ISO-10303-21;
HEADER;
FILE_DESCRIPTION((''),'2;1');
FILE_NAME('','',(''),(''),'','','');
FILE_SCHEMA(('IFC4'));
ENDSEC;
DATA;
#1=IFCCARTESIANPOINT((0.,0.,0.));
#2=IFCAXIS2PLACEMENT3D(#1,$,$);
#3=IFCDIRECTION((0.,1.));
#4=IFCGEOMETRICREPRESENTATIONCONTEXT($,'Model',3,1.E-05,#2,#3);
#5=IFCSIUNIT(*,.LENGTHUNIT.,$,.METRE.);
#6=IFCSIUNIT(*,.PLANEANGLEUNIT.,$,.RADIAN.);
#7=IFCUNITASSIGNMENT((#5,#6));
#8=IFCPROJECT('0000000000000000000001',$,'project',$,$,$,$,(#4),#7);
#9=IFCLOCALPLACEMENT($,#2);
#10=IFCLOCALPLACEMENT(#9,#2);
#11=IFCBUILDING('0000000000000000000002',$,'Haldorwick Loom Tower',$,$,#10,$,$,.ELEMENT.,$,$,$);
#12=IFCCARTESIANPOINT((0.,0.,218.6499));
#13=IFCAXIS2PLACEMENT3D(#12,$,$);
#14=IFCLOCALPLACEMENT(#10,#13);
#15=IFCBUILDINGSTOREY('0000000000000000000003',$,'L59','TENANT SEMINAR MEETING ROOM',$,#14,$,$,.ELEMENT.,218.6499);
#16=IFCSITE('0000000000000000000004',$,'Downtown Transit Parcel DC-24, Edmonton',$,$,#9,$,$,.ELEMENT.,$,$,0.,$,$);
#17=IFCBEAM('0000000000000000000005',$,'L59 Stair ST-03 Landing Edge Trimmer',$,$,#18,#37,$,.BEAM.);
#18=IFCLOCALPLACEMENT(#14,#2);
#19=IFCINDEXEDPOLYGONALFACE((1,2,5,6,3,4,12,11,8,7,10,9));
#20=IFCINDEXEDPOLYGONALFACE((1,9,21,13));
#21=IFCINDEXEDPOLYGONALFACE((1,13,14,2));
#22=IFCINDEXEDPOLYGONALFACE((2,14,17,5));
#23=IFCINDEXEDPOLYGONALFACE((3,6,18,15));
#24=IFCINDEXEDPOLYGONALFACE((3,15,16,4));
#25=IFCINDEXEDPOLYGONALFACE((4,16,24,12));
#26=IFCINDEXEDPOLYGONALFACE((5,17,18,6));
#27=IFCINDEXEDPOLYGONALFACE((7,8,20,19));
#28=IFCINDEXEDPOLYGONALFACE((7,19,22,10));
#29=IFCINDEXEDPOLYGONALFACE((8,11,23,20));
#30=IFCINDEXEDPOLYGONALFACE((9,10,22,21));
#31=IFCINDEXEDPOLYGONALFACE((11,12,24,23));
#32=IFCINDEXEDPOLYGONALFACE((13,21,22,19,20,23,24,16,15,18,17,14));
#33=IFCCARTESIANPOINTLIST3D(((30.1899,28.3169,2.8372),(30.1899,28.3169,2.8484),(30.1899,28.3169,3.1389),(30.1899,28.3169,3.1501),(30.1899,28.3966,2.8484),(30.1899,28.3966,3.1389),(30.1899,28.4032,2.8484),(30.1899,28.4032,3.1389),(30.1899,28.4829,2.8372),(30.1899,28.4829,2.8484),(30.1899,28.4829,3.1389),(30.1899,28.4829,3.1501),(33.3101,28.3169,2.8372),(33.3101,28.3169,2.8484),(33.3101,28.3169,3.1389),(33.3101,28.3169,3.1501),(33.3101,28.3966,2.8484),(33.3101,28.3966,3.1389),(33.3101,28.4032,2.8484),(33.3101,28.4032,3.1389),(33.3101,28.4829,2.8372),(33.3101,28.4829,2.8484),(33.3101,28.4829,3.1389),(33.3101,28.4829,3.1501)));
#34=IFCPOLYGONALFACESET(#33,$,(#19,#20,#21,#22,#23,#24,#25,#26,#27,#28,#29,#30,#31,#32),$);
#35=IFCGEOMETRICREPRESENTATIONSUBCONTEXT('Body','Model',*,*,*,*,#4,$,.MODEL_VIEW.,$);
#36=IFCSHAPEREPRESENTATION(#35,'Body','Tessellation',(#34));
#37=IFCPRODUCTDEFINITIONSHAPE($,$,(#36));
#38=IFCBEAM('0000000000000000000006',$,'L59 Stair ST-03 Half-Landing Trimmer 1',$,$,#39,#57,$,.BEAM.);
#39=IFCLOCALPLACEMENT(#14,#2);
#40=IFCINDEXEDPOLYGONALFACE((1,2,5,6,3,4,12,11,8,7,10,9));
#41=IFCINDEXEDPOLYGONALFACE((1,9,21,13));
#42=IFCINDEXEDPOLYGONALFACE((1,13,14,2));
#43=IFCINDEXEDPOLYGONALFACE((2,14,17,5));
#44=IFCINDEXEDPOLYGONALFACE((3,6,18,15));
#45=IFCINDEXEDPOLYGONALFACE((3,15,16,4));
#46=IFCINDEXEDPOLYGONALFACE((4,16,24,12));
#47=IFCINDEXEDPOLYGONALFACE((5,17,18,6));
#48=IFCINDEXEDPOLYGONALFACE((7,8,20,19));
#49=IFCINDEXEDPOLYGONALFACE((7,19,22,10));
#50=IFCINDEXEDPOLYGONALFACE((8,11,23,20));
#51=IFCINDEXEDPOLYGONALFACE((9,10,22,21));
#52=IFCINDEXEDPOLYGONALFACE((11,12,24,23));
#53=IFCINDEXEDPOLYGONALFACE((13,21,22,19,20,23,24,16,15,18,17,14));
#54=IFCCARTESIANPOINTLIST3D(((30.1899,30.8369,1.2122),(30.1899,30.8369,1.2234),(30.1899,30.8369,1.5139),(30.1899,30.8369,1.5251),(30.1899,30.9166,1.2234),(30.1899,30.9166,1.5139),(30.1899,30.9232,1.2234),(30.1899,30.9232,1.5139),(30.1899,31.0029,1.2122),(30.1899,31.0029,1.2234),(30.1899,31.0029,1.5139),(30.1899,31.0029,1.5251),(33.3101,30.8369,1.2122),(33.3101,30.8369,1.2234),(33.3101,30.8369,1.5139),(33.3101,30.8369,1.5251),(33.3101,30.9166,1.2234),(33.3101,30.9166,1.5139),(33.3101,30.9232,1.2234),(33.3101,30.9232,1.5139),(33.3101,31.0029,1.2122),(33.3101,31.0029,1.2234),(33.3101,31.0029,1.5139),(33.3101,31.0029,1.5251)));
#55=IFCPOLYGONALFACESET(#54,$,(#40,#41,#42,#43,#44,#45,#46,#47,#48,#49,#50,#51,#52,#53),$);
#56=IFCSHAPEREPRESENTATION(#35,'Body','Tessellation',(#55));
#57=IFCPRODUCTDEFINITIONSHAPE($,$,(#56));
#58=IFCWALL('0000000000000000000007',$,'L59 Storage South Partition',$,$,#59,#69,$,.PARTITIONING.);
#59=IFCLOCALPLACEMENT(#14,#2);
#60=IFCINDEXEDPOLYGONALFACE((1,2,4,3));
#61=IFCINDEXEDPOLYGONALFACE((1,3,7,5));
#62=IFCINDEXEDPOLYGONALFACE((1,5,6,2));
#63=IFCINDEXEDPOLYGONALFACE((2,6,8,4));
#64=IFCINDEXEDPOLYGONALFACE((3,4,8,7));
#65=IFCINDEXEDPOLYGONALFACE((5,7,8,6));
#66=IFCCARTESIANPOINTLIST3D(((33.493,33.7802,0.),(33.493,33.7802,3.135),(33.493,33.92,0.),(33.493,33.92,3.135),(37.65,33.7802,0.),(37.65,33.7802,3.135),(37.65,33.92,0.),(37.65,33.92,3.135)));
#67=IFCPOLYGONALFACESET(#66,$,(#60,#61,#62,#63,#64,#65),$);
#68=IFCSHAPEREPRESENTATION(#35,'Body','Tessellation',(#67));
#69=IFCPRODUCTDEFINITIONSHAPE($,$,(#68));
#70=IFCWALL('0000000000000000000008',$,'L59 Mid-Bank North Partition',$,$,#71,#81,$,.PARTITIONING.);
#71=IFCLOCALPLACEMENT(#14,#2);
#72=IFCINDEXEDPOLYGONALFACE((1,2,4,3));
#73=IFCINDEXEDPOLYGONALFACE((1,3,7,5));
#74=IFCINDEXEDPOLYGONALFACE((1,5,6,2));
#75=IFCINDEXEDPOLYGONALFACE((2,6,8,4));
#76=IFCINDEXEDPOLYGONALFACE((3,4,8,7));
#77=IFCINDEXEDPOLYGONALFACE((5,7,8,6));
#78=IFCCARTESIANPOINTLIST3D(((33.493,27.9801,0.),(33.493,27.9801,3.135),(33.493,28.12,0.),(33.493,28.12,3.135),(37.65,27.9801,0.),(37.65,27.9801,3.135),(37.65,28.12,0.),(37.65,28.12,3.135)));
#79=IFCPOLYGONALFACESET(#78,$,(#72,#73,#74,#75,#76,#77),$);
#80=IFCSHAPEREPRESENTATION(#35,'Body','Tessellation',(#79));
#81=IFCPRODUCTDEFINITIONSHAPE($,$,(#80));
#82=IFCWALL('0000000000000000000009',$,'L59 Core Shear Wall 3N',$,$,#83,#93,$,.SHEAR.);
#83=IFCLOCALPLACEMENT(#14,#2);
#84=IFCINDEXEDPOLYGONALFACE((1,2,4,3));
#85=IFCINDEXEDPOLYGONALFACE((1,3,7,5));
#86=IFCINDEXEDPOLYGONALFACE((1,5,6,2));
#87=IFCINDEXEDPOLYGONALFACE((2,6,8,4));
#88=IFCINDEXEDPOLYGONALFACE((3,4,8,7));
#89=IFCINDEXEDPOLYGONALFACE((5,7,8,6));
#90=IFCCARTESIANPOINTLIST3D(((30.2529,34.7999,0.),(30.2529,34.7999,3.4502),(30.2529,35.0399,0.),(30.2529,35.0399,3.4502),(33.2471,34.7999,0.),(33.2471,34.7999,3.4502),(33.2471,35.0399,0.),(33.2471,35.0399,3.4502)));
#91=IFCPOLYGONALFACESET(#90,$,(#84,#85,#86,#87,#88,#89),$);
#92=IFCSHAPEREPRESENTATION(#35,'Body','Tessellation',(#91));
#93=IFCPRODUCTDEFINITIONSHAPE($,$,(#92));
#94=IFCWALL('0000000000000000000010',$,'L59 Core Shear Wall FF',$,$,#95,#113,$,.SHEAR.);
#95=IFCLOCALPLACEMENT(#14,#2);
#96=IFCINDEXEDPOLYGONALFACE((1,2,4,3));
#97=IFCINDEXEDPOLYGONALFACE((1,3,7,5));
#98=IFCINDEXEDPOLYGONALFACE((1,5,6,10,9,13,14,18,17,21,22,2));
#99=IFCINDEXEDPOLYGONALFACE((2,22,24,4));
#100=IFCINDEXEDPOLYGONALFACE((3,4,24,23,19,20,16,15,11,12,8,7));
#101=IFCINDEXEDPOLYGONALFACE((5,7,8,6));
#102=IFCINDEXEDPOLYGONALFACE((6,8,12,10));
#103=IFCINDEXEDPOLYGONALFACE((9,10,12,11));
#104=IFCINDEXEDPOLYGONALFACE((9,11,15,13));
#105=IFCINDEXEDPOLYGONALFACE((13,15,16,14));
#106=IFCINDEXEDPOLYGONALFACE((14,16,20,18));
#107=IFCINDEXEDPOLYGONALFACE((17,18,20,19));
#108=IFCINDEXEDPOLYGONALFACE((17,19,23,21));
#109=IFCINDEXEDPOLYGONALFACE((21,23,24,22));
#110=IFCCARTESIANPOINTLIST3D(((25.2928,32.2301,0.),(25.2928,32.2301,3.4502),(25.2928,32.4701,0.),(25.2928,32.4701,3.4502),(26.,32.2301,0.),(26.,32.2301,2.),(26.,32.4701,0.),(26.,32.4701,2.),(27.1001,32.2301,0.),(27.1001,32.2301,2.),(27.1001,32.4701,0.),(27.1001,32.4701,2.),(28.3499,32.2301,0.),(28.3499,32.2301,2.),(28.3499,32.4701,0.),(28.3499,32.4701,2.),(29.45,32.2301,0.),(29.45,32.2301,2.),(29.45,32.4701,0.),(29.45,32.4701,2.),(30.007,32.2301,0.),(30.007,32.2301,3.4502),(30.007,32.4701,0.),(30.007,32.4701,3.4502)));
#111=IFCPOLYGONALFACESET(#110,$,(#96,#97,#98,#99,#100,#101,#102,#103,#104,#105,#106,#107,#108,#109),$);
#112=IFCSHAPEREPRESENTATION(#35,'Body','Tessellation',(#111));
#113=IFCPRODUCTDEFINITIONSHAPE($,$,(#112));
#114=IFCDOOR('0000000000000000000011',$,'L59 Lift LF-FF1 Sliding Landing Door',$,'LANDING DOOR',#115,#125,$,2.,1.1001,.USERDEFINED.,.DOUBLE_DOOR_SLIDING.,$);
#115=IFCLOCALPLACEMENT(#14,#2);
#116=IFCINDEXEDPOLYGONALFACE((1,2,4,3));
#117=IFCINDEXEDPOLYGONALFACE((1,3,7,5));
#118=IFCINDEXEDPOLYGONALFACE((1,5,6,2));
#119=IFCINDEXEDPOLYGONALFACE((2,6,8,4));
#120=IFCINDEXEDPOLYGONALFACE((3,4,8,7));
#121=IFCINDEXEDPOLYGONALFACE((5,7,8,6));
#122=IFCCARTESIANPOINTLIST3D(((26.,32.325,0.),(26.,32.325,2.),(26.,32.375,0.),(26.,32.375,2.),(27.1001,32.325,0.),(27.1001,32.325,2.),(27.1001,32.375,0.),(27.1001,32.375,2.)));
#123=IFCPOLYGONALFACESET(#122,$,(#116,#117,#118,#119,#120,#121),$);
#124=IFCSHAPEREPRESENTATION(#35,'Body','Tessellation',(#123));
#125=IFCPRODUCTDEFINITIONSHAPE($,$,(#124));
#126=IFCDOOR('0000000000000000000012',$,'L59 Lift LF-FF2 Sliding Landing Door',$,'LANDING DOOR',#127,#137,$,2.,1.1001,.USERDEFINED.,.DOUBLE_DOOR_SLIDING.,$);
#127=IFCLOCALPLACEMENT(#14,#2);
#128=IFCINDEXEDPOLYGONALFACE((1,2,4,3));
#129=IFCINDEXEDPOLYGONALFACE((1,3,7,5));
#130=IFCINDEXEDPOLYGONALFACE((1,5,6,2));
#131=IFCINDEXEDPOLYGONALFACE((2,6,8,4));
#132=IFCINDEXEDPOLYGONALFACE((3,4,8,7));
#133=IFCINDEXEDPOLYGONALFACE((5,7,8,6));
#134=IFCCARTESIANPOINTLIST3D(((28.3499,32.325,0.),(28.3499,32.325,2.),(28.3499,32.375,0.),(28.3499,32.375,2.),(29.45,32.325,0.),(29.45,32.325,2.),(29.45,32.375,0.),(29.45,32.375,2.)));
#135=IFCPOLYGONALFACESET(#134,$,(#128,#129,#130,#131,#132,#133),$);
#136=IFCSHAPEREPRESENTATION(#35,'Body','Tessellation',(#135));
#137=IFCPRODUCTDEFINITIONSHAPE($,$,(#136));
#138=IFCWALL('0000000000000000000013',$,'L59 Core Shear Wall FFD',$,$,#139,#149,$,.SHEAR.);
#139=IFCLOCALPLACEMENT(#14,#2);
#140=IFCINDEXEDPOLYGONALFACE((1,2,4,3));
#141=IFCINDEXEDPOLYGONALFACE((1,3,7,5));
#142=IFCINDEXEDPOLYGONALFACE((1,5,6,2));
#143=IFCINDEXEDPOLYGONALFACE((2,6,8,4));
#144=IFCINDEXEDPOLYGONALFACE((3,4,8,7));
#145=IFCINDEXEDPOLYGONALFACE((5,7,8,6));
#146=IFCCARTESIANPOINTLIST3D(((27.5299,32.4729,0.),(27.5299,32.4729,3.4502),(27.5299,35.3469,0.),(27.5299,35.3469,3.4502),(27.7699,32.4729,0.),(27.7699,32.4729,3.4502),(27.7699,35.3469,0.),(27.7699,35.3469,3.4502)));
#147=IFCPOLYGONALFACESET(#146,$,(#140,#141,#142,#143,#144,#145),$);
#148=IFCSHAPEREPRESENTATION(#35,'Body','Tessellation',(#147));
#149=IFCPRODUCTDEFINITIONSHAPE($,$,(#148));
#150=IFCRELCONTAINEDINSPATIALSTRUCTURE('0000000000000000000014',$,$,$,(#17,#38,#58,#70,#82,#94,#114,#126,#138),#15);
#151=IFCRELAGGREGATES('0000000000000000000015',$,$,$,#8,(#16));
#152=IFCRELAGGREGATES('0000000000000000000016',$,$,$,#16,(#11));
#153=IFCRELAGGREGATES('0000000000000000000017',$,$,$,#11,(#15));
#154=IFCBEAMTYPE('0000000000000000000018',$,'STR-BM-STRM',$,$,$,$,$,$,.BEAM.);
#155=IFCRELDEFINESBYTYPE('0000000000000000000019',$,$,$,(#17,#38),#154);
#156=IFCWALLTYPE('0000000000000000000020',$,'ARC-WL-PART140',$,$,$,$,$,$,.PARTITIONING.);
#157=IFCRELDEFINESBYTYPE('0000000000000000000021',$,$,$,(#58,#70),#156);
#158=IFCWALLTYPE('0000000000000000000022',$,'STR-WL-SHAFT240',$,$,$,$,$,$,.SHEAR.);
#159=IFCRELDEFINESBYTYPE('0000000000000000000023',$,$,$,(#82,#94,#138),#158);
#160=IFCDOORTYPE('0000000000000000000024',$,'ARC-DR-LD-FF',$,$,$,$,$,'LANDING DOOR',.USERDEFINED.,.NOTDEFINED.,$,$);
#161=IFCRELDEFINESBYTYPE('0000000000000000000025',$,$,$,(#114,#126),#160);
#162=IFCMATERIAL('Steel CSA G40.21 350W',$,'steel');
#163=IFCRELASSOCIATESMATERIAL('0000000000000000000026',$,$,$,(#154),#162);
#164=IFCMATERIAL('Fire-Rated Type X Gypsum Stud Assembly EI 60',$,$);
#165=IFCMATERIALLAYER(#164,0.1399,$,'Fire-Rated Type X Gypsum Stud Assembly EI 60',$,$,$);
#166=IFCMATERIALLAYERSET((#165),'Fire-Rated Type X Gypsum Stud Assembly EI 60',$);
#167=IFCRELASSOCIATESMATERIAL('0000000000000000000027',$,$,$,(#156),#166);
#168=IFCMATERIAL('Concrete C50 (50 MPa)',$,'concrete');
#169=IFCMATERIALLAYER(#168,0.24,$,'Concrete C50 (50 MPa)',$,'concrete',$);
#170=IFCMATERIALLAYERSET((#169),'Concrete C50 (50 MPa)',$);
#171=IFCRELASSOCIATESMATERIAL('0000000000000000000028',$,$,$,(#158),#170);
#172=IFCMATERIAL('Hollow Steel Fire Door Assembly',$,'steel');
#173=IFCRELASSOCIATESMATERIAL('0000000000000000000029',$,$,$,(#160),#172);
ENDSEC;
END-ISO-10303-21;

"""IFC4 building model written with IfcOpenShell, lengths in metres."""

from ifc_helpers import new_model, si_unit, direction, frame, frame_2d, origin, origin_2d, place, context, subcontext, project, spatial, rectangle, i_section, extrude, material, layer, layer_set, material_profile, profile_set, type_object, element, fill, save


model = new_model("IFC4")

# Units and contexts
model_context = context("Model", 3, precision=1e-05, world=origin(), true_north=direction((0.0, 1.0)))
body_context = subcontext(model_context, "Body", "Model", "MODEL_VIEW")
ifc_project = project(units=[si_unit("LENGTHUNIT", "METRE"), si_unit("PLANEANGLEUNIT", "RADIAN")], contexts=[model_context])

# Site, building, storey
site_placement = place(None, origin())
site = spatial("IfcSite", under=ifc_project, at=site_placement, Name="Downtown Transit Parcel DC-24, Edmonton", CompositionType="ELEMENT", RefElevation=0.0)
building_placement = place(site_placement, origin())
building = spatial("IfcBuilding", under=site, at=building_placement, Name="Haldorwick Loom Tower", CompositionType="ELEMENT")
storey_placement = place(building_placement, frame((0.0, 0.0, 218.6499)))
storey = spatial("IfcBuildingStorey", under=building, at=storey_placement, Name="L59", Description="TENANT SEMINAR MEETING ROOM", CompositionType="ELEMENT", Elevation=218.6499)

# Beams
ifc_material_1 = material(Name="Steel CSA G40.21 350W", Category="steel")
ifc_material_profile = material_profile(ifc_material_1, i_section(OverallWidth=0.166, OverallDepth=0.313, WebThickness=0.0066, FlangeThickness=0.0112, at=origin_2d()), Name="W310X45", Category="steel")
ifc_profile_set = profile_set([ifc_material_profile], Name="Steel CSA G40.21 350W")
beam_type = type_object("IfcBeamType", Name="STR-BM-STRM", PredefinedType="BEAM", material=ifc_profile_set)
for number, where, z_axis, x_axis, name in (
    (1, (30.1899, 28.3999, 2.9937), (1.0, 0.0, 0.0), (0.0, 1.0, 0.0), "L59 Stair ST-03 Landing Edge Trimmer"),
    (2, (30.1899, 30.9199, 1.3687), (1.0, 0.0, 0.0), (0.0, 1.0, 0.0), "L59 Stair ST-03 Half-Landing Trimmer 1"),
):
    element("IfcBeam", number, at=place(storey_placement, frame(where, z_axis=z_axis, x_axis=x_axis)), inside=storey, type_object=beam_type, Name=name, PredefinedType="BEAM", context=body_context, shape_type="SweptSolid", body=[
        extrude(i_section(OverallWidth=0.166, OverallDepth=0.313, WebThickness=0.0066, FlangeThickness=0.0112, at=origin_2d()), origin(), (0.0, 0.0, 1.0), 3.1201),
    ])

# Walls
ifc_material_2 = material(Name="Fire-Rated Type X Gypsum Stud Assembly EI 60")
ifc_layer_1 = layer(ifc_material_2, 0.1399, Name="Fire-Rated Type X Gypsum Stud Assembly EI 60")
ifc_layer_set_1 = layer_set([ifc_layer_1], Name="Fire-Rated Type X Gypsum Stud Assembly EI 60")
wall_type_1 = type_object("IfcWallType", Name="ARC-WL-PART140", PredefinedType="PARTITIONING", material=ifc_layer_set_1)
for number, where, z_axis, x_axis, name in (
    (3, (33.4929, 33.8501, 0.0), (0.0, 0.0, 1.0), (1.0, 0.0, 0.0), "L59 Storage South Partition"),
    (4, (33.4929, 28.05, 0.0), (0.0, 0.0, 1.0), (1.0, 0.0, 0.0), "L59 Mid-Bank North Partition"),
):
    element("IfcWall", number, at=place(storey_placement, frame(where, z_axis=z_axis, x_axis=x_axis)), inside=storey, type_object=wall_type_1, Name=name, PredefinedType="PARTITIONING", context=body_context, shape_type="SweptSolid", body=[
        extrude(rectangle(XDim=4.157, YDim=0.1399, at=frame_2d((2.0786, 0.0))), origin(), (0.0, 0.0, 1.0), 3.135),
    ])
ifc_material_3 = material(Name="Concrete C50 (50 MPa)", Category="concrete")
ifc_layer_2 = layer(ifc_material_3, 0.24, Name="Concrete C50 (50 MPa)", Category="concrete")
ifc_layer_set_2 = layer_set([ifc_layer_2], Name="Concrete C50 (50 MPa)")
wall_type_2 = type_object("IfcWallType", Name="STR-WL-SHAFT240", PredefinedType="SHEAR", material=ifc_layer_set_2)
wall_1_placement = place(storey_placement, frame((30.2529, 34.9199, 0.0), z_axis=(0.0, 0.0, 1.0), x_axis=(1.0, 0.0, 0.0)))
element("IfcWall", 5, at=wall_1_placement, inside=storey, type_object=wall_type_2, Name="L59 Core Shear Wall 3N", PredefinedType="SHEAR", context=body_context, shape_type="SweptSolid", body=[
    extrude(rectangle(XDim=2.9941, YDim=0.24, at=frame_2d((1.4971, 0.0))), origin(), (0.0, 0.0, 1.0), 3.4502),
])

# Wall, openings, doors
wall_2_placement = place(storey_placement, frame((25.293, 32.3501, 0.0), z_axis=(0.0, 0.0, 1.0), x_axis=(1.0, 0.0, 0.0)))
wall_2 = element("IfcWall", 6, at=wall_2_placement, inside=storey, type_object=wall_type_2, Name="L59 Core Shear Wall FF", PredefinedType="SHEAR", context=body_context, shape_type="SweptSolid", body=[
    extrude(rectangle(XDim=4.7141, YDim=0.24, at=frame_2d((2.3569, 0.0))), origin(), (0.0, 0.0, 1.0), 3.4502),
])
opening_1_placement = place(wall_2_placement, frame((0.707, 0.0, 0.0)))
opening_1 = element("IfcOpeningElement", 7, at=opening_1_placement, cuts=wall_2, PredefinedType="OPENING", context=body_context, shape_type="SweptSolid", body=[
    extrude(rectangle(XDim=1.1001, YDim=2.0, at=frame_2d((0.55, 1.0))), frame((0.0, 0.1299, 0.0), z_axis=(0.0, -1.0, 0.0), x_axis=(1.0, 0.0, 0.0)), (0.0, 0.0, 1.0), 0.26),
])
opening_2_placement = place(wall_2_placement, frame((3.0569, 0.0, 0.0)))
opening_2 = element("IfcOpeningElement", 8, at=opening_2_placement, cuts=wall_2, PredefinedType="OPENING", context=body_context, shape_type="SweptSolid", body=[
    extrude(rectangle(XDim=1.1001, YDim=2.0, at=frame_2d((0.55, 1.0))), frame((0.0, 0.1299, 0.0), z_axis=(0.0, -1.0, 0.0), x_axis=(1.0, 0.0, 0.0)), (0.0, 0.0, 1.0), 0.26),
])
ifc_material_4 = material(Name="Hollow Steel Fire Door Assembly", Category="steel")
door_type_1 = type_object("IfcDoorType", Name="ARC-DR-LD-FF", ElementType="LANDING DOOR", OperationType="NOTDEFINED", PredefinedType="USERDEFINED", material=ifc_material_4)
door_1_placement = place(opening_1_placement, origin())
door_1 = element("IfcDoor", 9, at=door_1_placement, inside=storey, type_object=door_type_1, Name="L59 Lift LF-FF1 Sliding Landing Door", ObjectType="LANDING DOOR", OperationType="DOUBLE_DOOR_SLIDING", OverallHeight=2.0, OverallWidth=1.1001, PredefinedType="USERDEFINED", context=body_context, shape_type="SweptSolid", body=[
    extrude(rectangle(XDim=1.1001, YDim=2.0, at=frame_2d((0.55, 1.0))), frame((0.0, 0.0249, 0.0), z_axis=(0.0, -1.0, 0.0), x_axis=(1.0, 0.0, 0.0)), (0.0, 0.0, 1.0), 0.05),
])
fill(opening_1, door_1)
door_2_placement = place(opening_2_placement, origin())
door_2 = element("IfcDoor", 10, at=door_2_placement, inside=storey, type_object=door_type_1, Name="L59 Lift LF-FF2 Sliding Landing Door", ObjectType="LANDING DOOR", OperationType="DOUBLE_DOOR_SLIDING", OverallHeight=2.0, OverallWidth=1.1001, PredefinedType="USERDEFINED", context=body_context, shape_type="SweptSolid", body=[
    extrude(rectangle(XDim=1.1001, YDim=2.0, at=frame_2d((0.55, 1.0))), frame((0.0, 0.0249, 0.0), z_axis=(0.0, -1.0, 0.0), x_axis=(1.0, 0.0, 0.0)), (0.0, 0.0, 1.0), 0.05),
])
fill(opening_2, door_2)

# Wall
wall_3_placement = place(storey_placement, frame((27.6499, 32.4729, 0.0), z_axis=(0.0, 0.0, 1.0), x_axis=(0.0, 1.0, 0.0)))
element("IfcWall", 11, at=wall_3_placement, inside=storey, type_object=wall_type_2, Name="L59 Core Shear Wall FFD", PredefinedType="SHEAR", context=body_context, shape_type="SweptSolid", body=[
    extrude(rectangle(XDim=2.874, YDim=0.24, at=frame_2d((1.437, 0.0))), origin(), (0.0, 0.0, 1.0), 3.4502),
])

save(model, "model.ifc")
